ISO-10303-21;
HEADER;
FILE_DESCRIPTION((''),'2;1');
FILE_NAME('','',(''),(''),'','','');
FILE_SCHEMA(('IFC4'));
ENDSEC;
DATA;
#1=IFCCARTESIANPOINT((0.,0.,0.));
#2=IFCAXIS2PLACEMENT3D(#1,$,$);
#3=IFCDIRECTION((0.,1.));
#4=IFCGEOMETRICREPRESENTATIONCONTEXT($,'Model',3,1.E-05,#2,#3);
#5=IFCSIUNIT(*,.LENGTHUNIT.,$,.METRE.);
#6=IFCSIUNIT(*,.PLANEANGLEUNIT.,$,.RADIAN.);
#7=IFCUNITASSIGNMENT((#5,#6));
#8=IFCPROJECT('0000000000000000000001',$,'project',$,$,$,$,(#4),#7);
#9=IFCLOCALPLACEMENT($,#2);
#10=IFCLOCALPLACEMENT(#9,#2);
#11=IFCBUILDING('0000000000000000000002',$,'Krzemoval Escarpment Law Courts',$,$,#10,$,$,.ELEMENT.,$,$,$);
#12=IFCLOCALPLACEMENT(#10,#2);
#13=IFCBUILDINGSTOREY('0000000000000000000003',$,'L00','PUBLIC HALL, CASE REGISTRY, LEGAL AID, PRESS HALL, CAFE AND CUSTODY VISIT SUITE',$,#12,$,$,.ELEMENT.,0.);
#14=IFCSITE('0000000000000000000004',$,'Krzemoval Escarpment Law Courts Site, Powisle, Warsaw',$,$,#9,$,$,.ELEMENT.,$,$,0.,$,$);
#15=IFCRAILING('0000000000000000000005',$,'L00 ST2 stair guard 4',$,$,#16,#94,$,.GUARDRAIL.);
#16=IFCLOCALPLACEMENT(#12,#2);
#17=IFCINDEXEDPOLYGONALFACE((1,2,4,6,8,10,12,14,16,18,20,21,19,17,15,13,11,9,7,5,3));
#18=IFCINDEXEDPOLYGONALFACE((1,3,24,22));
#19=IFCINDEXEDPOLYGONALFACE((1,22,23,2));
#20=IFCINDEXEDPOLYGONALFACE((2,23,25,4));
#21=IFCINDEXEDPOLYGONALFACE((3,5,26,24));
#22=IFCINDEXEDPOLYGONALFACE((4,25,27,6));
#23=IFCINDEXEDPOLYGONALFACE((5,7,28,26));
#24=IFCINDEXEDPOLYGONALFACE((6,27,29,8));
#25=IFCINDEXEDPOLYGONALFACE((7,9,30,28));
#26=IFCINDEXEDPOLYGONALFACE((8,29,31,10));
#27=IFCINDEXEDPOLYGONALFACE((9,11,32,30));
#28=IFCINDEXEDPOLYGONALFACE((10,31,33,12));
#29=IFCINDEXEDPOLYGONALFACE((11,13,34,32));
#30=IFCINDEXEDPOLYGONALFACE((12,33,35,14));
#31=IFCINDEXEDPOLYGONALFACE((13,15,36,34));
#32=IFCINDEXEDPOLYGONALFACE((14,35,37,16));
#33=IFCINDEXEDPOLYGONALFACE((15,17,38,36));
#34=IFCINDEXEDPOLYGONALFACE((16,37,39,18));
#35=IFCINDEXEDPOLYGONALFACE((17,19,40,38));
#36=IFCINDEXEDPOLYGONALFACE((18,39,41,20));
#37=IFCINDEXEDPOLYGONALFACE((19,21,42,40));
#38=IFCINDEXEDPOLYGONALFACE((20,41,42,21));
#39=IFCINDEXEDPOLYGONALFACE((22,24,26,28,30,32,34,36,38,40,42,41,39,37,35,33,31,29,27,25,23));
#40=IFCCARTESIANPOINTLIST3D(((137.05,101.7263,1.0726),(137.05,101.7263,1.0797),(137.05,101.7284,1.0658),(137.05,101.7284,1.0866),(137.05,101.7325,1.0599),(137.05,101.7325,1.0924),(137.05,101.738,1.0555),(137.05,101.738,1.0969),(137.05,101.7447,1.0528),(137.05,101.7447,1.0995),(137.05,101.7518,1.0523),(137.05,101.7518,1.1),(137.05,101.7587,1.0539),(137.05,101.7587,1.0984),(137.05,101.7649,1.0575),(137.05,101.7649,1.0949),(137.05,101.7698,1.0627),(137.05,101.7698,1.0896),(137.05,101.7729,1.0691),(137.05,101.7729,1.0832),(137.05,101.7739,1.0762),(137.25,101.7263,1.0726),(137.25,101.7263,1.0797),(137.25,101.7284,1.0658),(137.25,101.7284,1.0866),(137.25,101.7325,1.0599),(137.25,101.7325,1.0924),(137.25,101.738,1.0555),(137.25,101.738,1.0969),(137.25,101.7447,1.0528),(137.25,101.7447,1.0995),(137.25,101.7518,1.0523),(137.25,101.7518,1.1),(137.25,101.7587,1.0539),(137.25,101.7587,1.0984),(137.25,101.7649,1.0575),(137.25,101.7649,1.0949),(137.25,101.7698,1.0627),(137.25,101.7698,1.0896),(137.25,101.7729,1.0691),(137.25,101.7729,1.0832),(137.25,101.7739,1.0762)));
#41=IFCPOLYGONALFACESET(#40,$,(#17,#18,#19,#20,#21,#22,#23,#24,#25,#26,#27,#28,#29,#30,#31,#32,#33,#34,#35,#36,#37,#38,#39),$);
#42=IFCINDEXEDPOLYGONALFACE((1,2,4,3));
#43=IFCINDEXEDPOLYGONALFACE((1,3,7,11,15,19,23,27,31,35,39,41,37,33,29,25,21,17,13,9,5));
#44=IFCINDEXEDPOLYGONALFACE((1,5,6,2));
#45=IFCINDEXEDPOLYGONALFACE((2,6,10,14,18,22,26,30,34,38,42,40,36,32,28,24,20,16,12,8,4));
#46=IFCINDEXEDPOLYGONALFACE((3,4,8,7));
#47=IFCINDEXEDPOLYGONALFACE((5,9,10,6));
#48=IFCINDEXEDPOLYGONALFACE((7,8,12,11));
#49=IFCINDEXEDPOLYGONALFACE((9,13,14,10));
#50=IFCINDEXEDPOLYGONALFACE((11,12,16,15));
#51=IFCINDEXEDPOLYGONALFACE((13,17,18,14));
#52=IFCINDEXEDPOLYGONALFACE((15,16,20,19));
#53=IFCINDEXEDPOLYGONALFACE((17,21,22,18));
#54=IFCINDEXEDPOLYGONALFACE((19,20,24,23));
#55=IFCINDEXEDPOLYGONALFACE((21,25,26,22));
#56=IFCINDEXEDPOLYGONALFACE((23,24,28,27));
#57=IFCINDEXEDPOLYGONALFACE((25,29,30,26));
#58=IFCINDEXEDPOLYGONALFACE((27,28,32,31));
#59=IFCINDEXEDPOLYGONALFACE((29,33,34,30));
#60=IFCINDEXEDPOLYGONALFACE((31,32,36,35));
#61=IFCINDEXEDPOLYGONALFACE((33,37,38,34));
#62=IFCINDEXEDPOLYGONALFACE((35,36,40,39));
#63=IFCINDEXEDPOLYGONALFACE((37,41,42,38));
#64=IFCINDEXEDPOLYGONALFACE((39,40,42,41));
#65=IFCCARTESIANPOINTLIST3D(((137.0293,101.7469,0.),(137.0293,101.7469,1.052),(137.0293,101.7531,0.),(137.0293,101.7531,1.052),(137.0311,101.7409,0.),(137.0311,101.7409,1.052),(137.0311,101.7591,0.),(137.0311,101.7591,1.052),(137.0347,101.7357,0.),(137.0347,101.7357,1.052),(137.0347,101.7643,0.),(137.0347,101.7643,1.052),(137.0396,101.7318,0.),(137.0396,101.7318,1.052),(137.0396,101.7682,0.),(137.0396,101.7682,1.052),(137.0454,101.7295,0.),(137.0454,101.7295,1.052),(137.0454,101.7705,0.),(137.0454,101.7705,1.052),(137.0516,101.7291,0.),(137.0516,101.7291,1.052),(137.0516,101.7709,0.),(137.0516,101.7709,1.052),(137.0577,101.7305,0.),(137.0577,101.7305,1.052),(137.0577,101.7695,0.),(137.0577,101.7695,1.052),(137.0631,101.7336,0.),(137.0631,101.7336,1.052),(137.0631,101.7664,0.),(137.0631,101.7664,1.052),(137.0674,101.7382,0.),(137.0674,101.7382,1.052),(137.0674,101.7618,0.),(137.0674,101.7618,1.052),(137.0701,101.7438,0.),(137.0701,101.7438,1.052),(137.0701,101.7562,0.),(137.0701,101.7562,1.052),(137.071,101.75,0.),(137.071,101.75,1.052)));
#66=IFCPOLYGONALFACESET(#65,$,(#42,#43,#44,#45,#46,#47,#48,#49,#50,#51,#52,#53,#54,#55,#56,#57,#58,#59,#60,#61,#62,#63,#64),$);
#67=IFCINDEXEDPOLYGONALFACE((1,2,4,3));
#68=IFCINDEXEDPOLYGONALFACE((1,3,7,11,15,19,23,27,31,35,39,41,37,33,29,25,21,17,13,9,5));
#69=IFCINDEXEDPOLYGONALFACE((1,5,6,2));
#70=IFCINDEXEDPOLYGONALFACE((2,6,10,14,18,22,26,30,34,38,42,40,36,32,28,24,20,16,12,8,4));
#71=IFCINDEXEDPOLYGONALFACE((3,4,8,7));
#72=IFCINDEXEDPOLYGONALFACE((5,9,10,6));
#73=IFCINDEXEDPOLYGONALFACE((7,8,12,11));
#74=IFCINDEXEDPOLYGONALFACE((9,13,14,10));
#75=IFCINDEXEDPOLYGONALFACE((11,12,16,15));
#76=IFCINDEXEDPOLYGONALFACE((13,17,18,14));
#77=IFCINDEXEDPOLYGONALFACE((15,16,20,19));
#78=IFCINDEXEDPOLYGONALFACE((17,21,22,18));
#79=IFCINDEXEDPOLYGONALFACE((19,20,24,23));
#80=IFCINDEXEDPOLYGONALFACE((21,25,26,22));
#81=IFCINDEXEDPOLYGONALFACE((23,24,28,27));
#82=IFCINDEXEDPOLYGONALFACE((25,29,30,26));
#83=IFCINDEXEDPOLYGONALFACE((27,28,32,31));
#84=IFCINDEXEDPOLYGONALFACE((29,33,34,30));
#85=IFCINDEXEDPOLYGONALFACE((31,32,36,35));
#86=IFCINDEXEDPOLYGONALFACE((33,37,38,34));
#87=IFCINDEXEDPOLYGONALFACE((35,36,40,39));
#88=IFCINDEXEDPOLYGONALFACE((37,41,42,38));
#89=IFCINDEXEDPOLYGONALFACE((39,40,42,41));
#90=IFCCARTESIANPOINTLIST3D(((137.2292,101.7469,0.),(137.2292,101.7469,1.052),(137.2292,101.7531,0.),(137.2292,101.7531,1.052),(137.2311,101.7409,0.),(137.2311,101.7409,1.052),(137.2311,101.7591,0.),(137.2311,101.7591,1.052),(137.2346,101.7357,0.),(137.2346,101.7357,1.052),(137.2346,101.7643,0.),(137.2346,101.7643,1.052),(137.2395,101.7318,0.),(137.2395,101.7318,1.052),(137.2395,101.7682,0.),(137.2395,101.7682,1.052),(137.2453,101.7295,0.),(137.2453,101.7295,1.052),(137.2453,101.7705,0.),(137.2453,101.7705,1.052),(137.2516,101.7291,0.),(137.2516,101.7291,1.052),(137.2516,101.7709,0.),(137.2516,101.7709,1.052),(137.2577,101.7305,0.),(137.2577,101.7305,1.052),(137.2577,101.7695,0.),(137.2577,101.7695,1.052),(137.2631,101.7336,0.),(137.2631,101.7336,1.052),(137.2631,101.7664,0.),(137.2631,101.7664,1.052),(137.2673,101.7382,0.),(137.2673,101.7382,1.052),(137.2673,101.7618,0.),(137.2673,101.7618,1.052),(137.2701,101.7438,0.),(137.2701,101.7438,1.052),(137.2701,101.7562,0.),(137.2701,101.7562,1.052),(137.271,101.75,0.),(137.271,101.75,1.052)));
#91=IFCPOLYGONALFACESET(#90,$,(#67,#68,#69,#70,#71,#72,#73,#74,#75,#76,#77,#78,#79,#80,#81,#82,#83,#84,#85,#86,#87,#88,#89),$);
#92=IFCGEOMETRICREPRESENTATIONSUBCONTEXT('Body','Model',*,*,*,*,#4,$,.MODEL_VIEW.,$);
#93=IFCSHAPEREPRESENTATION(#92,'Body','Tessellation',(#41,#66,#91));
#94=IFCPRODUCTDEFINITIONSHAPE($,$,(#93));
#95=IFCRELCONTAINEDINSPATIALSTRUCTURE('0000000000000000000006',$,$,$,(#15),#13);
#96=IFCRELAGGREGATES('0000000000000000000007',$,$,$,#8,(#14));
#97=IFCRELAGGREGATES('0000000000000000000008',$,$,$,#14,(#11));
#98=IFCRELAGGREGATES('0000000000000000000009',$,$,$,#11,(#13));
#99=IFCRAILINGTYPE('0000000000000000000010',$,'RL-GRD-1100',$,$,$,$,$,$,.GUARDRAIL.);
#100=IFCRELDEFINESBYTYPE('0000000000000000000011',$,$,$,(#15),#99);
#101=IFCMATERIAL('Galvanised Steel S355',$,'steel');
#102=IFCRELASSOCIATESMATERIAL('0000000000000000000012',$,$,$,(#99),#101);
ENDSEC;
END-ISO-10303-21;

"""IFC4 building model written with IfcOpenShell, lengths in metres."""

from ifc_helpers import new_model, si_unit, direction, frame, origin, origin_2d, place, context, subcontext, project, spatial, circle, extrude, material, type_object, element, save


model = new_model("IFC4")

# Units and contexts
model_context = context("Model", 3, precision=1e-05, world=origin(), true_north=direction((0.0, 1.0)))
body_context = subcontext(model_context, "Body", "Model", "MODEL_VIEW")
ifc_project = project(units=[si_unit("LENGTHUNIT", "METRE"), si_unit("PLANEANGLEUNIT", "RADIAN")], contexts=[model_context])

# Site, building, storey
site_placement = place(None, origin())
site = spatial("IfcSite", under=ifc_project, at=site_placement, Name="Krzemoval Escarpment Law Courts Site, Powisle, Warsaw", CompositionType="ELEMENT", RefElevation=0.0)
building_placement = place(site_placement, origin())
building = spatial("IfcBuilding", under=site, at=building_placement, Name="Krzemoval Escarpment Law Courts", CompositionType="ELEMENT")
storey_placement = place(building_placement, origin())
storey = spatial("IfcBuildingStorey", under=building, at=storey_placement, Name="L00", Description="PUBLIC HALL, CASE REGISTRY, LEGAL AID, PRESS HALL, CAFE AND CUSTODY VISIT SUITE", CompositionType="ELEMENT", Elevation=0.0)

# Railing
ifc_material_1 = material(Name="Galvanised Steel S355", Category="steel")
railing_type_1 = type_object("IfcRailingType", Name="RL-GRD-1100", PredefinedType="GUARDRAIL", material=ifc_material_1)
railing_1_placement = place(storey_placement, frame((137.05, 101.75, 0.0)))
element("IfcRailing", 1, at=railing_1_placement, inside=storey, type_object=railing_type_1, Name="L00 ST2 stair guard 4", PredefinedType="GUARDRAIL", context=body_context, shape_type="SweptSolid", body=[
    extrude(circle(Radius=0.0239, at=origin_2d()), frame((0.0, 0.0, 1.0762), z_axis=(1.0, 0.0, 0.0), x_axis=(0.0, 1.0, 0.0)), (0.0, 0.0, 1.0), 0.2),
    extrude(circle(Radius=0.021, at=origin_2d()), origin(), (0.0, 0.0, 1.0), 1.052),
    extrude(circle(Radius=0.021, at=origin_2d()), frame((0.2, 0.0, 0.0)), (0.0, 0.0, 1.0), 1.052),
])

save(model, "model.ifc")
